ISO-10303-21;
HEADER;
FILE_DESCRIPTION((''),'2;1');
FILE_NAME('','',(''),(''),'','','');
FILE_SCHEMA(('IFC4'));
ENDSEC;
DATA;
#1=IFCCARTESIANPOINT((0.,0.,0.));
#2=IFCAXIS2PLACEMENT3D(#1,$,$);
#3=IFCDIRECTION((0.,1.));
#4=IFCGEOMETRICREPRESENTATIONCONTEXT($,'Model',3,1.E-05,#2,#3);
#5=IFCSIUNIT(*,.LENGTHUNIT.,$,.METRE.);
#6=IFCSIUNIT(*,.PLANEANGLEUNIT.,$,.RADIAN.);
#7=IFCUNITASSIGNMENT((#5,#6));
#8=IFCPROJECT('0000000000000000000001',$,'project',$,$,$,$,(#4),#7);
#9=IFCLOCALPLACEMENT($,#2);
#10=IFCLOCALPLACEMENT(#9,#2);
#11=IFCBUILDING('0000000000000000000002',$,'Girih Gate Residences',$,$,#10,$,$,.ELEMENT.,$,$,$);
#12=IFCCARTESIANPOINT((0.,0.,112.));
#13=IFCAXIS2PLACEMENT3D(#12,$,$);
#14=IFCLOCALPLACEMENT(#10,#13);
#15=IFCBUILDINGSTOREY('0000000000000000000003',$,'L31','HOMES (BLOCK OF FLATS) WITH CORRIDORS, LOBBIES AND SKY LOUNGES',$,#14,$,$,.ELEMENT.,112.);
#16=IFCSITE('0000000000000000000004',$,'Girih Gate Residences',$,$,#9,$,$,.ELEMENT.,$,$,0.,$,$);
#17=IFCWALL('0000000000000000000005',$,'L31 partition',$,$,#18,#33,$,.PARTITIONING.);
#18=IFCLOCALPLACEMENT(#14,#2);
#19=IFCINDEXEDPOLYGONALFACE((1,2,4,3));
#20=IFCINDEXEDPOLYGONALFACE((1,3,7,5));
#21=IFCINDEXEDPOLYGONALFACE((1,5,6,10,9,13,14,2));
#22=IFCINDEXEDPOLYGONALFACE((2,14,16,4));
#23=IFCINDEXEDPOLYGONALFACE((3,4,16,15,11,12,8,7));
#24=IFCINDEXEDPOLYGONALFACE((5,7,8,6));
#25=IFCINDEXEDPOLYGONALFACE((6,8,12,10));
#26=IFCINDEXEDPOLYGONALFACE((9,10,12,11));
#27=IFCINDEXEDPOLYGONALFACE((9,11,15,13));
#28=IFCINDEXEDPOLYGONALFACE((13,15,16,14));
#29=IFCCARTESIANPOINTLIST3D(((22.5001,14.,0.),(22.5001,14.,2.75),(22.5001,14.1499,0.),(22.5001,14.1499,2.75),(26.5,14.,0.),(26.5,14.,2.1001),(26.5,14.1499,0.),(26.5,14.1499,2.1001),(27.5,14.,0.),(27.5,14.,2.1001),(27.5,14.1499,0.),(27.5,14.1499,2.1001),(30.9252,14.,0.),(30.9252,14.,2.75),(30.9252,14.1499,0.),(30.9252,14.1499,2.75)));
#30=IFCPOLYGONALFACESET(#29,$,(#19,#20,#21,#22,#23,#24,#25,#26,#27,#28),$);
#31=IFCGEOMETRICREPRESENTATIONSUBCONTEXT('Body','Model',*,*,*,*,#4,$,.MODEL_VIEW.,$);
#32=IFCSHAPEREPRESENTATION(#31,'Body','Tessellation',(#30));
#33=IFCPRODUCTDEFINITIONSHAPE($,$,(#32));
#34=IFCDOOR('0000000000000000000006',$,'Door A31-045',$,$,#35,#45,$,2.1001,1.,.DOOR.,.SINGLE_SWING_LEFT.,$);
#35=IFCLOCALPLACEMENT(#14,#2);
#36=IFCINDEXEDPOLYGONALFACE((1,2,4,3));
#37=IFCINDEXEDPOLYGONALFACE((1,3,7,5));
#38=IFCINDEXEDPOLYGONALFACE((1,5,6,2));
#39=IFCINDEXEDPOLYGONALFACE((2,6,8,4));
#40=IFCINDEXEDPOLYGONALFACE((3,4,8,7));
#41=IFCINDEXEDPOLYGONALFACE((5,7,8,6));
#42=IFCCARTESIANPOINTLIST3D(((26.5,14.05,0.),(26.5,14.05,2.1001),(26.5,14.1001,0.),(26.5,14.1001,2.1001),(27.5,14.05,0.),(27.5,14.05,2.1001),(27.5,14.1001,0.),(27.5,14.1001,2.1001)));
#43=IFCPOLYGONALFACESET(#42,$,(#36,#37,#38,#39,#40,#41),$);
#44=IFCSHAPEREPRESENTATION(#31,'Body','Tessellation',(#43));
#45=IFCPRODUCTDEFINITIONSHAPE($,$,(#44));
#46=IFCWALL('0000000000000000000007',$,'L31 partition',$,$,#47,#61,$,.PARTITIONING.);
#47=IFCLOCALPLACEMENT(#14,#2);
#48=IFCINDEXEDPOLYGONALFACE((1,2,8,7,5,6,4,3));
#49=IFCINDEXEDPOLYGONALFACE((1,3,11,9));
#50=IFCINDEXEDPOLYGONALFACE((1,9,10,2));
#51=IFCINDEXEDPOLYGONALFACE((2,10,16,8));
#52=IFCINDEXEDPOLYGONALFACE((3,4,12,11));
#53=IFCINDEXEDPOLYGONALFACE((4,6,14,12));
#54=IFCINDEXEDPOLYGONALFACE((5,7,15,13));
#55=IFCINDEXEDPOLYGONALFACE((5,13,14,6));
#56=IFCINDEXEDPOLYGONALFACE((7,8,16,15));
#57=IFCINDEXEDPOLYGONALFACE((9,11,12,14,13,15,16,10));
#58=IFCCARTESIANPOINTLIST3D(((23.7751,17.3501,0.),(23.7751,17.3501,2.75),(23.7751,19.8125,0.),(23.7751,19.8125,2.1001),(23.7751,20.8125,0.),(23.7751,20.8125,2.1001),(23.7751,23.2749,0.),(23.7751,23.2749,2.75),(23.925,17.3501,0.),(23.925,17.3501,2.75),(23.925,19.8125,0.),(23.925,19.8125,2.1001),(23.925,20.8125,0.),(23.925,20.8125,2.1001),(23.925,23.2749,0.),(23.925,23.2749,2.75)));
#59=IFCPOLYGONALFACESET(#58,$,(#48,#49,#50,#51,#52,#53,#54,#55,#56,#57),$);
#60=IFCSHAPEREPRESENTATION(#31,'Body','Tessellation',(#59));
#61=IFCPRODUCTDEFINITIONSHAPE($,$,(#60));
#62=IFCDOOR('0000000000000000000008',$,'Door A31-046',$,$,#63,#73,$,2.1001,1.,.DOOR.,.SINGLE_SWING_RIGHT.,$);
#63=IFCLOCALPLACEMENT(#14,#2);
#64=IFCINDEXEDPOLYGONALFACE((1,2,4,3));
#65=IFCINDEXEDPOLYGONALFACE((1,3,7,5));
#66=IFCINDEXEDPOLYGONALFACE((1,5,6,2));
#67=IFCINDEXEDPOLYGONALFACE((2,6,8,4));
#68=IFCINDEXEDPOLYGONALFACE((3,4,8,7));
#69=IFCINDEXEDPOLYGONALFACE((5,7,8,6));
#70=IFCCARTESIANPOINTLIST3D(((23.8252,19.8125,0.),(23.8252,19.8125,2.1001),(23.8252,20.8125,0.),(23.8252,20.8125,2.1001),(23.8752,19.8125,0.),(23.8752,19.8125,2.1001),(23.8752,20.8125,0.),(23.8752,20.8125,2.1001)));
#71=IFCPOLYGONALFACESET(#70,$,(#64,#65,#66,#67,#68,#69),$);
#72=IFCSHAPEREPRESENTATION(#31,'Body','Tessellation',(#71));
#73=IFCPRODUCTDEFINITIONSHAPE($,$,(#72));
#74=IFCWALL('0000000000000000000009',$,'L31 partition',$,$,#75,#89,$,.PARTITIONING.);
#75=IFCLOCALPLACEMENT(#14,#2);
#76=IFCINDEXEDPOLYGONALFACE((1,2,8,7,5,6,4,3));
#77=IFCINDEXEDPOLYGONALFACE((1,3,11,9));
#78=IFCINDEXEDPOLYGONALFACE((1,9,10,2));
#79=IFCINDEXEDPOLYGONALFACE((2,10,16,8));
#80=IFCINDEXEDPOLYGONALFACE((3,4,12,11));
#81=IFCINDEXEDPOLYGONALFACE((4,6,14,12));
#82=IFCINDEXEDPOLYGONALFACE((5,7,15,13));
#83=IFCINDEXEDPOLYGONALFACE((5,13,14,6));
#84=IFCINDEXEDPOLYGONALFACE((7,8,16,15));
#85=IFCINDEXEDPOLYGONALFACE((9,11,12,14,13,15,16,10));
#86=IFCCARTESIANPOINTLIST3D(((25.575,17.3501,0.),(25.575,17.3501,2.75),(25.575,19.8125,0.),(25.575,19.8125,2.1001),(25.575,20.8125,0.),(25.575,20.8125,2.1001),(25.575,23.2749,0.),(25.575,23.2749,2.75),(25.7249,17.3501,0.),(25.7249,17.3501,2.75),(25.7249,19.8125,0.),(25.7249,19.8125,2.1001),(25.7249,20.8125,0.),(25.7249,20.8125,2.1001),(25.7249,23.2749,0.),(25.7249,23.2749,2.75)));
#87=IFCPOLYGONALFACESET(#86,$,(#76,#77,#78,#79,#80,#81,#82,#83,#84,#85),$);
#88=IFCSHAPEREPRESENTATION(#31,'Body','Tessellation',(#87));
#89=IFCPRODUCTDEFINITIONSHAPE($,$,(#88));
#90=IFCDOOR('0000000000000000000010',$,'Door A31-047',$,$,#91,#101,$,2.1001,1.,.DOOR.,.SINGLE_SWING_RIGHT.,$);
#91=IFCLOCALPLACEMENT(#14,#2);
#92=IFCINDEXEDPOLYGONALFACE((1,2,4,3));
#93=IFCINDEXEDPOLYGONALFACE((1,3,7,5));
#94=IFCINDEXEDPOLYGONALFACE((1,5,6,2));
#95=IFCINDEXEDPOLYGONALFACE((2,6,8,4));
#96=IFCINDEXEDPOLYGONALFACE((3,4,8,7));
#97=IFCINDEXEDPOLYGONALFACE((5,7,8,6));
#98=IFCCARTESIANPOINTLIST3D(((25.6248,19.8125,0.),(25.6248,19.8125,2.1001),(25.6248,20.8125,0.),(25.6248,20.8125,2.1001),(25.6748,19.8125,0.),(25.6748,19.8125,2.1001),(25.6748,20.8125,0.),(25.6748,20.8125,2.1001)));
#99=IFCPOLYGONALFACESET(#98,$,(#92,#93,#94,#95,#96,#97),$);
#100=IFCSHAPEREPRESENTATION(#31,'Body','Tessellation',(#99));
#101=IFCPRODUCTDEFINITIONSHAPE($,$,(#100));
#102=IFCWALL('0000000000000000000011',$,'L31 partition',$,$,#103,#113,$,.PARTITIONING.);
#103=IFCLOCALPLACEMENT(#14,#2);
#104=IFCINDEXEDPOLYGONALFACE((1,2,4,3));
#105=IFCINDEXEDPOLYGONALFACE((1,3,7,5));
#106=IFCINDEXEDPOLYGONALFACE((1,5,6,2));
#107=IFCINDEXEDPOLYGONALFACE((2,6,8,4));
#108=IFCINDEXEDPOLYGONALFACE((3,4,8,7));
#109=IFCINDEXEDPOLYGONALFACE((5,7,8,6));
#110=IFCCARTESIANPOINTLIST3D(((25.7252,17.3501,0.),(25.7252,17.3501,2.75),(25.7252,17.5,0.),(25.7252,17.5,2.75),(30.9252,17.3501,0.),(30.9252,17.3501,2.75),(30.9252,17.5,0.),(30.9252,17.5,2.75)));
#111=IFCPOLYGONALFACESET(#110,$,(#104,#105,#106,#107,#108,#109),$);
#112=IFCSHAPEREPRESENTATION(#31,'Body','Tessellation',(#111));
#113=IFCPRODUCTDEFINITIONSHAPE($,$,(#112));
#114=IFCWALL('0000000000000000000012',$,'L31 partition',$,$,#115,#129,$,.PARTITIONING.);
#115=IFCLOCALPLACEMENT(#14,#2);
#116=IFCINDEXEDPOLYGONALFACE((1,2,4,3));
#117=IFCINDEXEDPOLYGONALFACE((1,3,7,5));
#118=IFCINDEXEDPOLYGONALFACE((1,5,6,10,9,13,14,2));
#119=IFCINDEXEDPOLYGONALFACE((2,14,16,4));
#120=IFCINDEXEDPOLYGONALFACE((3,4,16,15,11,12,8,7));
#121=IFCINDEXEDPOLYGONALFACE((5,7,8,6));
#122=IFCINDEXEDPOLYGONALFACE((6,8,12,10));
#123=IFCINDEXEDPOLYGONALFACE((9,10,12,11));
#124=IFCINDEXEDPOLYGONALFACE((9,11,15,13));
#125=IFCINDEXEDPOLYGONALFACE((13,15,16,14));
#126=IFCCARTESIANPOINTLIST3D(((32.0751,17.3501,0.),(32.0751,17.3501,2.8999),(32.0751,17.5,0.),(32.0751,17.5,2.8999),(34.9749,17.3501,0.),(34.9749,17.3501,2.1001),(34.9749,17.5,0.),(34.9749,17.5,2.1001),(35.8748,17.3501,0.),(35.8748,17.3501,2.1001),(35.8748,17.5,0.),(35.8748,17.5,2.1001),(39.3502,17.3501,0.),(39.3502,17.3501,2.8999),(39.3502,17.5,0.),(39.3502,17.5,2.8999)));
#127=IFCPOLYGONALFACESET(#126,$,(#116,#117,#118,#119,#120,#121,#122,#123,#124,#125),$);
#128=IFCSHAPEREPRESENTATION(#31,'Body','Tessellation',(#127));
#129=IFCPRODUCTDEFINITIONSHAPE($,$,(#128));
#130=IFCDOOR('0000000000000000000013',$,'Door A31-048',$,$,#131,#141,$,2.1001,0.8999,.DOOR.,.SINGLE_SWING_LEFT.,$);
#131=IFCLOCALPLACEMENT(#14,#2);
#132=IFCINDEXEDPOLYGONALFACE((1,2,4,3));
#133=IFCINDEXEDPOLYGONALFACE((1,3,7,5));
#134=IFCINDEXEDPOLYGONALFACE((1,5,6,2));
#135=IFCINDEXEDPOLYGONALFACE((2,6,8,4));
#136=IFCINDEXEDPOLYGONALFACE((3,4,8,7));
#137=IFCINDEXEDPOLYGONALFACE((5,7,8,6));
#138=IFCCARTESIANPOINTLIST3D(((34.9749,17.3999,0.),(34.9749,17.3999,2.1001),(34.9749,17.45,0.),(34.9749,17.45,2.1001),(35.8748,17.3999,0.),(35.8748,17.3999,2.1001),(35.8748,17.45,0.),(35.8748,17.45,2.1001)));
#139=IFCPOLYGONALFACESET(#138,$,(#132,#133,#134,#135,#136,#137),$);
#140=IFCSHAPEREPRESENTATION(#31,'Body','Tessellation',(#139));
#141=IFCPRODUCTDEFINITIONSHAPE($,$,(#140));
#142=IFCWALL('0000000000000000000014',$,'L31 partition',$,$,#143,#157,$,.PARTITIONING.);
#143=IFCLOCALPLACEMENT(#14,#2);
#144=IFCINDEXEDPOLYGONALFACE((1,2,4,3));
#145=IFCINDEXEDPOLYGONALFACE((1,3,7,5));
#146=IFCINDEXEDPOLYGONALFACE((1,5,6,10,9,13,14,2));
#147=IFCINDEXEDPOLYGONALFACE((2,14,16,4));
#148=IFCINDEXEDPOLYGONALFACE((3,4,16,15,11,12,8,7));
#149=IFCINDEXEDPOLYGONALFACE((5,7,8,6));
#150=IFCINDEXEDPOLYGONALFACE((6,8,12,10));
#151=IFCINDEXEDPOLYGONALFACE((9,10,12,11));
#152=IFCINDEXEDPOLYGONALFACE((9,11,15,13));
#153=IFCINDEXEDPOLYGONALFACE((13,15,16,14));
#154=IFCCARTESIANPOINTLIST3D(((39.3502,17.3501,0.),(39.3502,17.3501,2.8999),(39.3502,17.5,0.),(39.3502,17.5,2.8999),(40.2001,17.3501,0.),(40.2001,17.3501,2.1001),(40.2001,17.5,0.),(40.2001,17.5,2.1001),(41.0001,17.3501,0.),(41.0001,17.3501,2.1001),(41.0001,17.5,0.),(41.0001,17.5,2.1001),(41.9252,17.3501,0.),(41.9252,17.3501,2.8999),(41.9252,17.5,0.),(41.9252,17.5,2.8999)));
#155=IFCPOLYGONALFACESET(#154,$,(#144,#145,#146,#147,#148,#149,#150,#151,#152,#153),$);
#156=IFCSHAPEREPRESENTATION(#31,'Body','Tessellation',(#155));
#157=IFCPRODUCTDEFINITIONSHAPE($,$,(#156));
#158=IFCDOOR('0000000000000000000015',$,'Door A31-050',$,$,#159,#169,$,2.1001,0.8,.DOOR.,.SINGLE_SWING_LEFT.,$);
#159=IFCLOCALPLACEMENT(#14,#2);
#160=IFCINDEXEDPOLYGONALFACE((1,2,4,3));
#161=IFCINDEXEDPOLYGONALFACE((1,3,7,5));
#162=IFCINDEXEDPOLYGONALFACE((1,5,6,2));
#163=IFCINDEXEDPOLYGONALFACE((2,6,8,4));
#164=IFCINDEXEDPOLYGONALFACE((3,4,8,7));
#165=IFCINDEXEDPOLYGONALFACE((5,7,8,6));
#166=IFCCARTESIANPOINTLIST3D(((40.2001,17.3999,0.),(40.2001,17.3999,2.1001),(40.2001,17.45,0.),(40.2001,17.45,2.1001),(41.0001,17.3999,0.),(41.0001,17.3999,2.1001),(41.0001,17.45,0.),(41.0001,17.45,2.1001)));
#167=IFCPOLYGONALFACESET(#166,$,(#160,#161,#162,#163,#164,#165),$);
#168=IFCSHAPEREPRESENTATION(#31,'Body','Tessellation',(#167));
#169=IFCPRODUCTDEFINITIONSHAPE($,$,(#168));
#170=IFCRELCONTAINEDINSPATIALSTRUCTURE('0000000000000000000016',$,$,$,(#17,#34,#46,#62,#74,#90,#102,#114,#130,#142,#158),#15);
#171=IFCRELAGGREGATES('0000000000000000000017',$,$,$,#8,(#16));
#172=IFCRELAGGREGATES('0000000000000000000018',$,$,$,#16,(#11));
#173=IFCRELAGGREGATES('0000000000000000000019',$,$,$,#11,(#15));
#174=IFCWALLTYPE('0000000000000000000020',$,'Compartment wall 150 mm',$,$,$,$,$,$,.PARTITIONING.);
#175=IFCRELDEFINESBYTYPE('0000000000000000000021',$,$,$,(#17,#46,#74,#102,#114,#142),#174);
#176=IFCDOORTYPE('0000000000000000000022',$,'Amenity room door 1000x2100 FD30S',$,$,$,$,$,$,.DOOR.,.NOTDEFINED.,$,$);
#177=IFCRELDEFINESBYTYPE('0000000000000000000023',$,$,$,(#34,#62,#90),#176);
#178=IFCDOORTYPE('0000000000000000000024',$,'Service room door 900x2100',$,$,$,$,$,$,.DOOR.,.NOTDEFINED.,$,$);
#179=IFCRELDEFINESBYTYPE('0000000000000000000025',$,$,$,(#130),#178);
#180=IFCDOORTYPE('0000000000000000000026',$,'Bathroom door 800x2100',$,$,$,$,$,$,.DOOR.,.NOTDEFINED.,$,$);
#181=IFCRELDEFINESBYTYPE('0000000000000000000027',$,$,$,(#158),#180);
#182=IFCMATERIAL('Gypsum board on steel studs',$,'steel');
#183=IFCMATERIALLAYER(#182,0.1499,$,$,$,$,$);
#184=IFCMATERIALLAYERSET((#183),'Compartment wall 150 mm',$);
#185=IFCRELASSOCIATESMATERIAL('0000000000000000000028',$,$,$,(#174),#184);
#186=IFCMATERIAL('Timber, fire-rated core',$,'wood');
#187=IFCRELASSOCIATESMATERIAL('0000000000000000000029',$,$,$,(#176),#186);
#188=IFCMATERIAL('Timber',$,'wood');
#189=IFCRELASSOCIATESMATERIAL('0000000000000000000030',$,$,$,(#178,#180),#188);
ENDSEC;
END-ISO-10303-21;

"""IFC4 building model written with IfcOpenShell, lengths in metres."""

from ifc_helpers import new_model, si_unit, direction, frame, frame_2d, origin, place, context, subcontext, project, spatial, rectangle, extrude, material, layer, layer_set, type_object, element, fill, save


model = new_model("IFC4")

# Units and contexts
model_context = context("Model", 3, precision=1e-05, world=origin(), true_north=direction((0.0, 1.0)))
body_context = subcontext(model_context, "Body", "Model", "MODEL_VIEW")
ifc_project = project(units=[si_unit("LENGTHUNIT", "METRE"), si_unit("PLANEANGLEUNIT", "RADIAN")], contexts=[model_context])

# Site, building, storey
site_placement = place(None, origin())
site = spatial("IfcSite", under=ifc_project, at=site_placement, Name="Girih Gate Residences", CompositionType="ELEMENT", RefElevation=0.0)
building_placement = place(site_placement, origin())
building = spatial("IfcBuilding", under=site, at=building_placement, Name="Girih Gate Residences", CompositionType="ELEMENT")
storey_placement = place(building_placement, frame((0.0, 0.0, 112.0)))
storey = spatial("IfcBuildingStorey", under=building, at=storey_placement, Name="L31", Description="HOMES (BLOCK OF FLATS) WITH CORRIDORS, LOBBIES AND SKY LOUNGES", CompositionType="ELEMENT", Elevation=112.0)

# Shared definitions
ifc_material_1 = material(Name="Gypsum board on steel studs", Category="steel")
ifc_layer_1 = layer(ifc_material_1, 0.1499)
ifc_layer_set_1 = layer_set([ifc_layer_1], Name="Compartment wall 150 mm")
wall_type_1 = type_object("IfcWallType", Name="Compartment wall 150 mm", PredefinedType="PARTITIONING", material=ifc_layer_set_1)

# Shared definitions
ifc_material_2 = material(Name="Timber, fire-rated core", Category="wood")

# Walls, openings, doors
wall_1_placement = place(storey_placement, frame((30.925, 14.075, 0.0), z_axis=(0.0, 0.0, 1.0), x_axis=(-1.0, 0.0, 0.0)))
wall_1 = element("IfcWall", 1, at=wall_1_placement, inside=storey, type_object=wall_type_1, Name="L31 partition", PredefinedType="PARTITIONING", context=body_context, shape_type="SweptSolid", body=[
    extrude(rectangle(XDim=8.425, YDim=0.1499, at=frame_2d((4.2124, 0.0))), origin(), (0.0, 0.0, 1.0), 2.75),
])
opening_1_placement = place(wall_1_placement, frame((3.425, 0.0, 0.0)))
opening_1 = element("IfcOpeningElement", 2, at=opening_1_placement, cuts=wall_1, PredefinedType="OPENING", context=body_context, shape_type="SweptSolid", body=[
    extrude(rectangle(XDim=1.0, YDim=2.1001, at=frame_2d((0.5, 1.05))), frame((0.0, 0.085, 0.0), z_axis=(0.0, -1.0, 0.0), x_axis=(1.0, 0.0, 0.0)), (0.0, 0.0, 1.0), 0.1699),
])
door_type_1 = type_object("IfcDoorType", Name="Amenity room door 1000x2100 FD30S", OperationType="NOTDEFINED", PredefinedType="DOOR", material=ifc_material_2)
door_1_placement = place(opening_1_placement, origin())
door_1 = element("IfcDoor", 3, at=door_1_placement, inside=storey, type_object=door_type_1, Name="Door A31-045", OperationType="SINGLE_SWING_LEFT", OverallHeight=2.1001, OverallWidth=1.0, PredefinedType="DOOR", context=body_context, shape_type="SweptSolid", body=[
    extrude(rectangle(XDim=1.0, YDim=2.1001, at=frame_2d((0.5, 1.05))), frame((0.0, 0.0249, 0.0), z_axis=(0.0, -1.0, 0.0), x_axis=(1.0, 0.0, 0.0)), (0.0, 0.0, 1.0), 0.05),
])
fill(opening_1, door_1)
wall_2_placement = place(storey_placement, frame((23.8501, 17.3501, 0.0), z_axis=(0.0, 0.0, 1.0), x_axis=(0.0, 1.0, 0.0)))
wall_2 = element("IfcWall", 4, at=wall_2_placement, inside=storey, type_object=wall_type_1, Name="L31 partition", PredefinedType="PARTITIONING", context=body_context, shape_type="SweptSolid", body=[
    extrude(rectangle(XDim=5.9248, YDim=0.1499, at=frame_2d((2.9624, 0.0))), origin(), (0.0, 0.0, 1.0), 2.75),
])
opening_2_placement = place(wall_2_placement, frame((2.4624, 0.0, 0.0)))
opening_2 = element("IfcOpeningElement", 5, at=opening_2_placement, cuts=wall_2, PredefinedType="OPENING", context=body_context, shape_type="SweptSolid", body=[
    extrude(rectangle(XDim=1.0, YDim=2.1001, at=frame_2d((0.5, 1.05))), frame((0.0, 0.085, 0.0), z_axis=(0.0, -1.0, 0.0), x_axis=(1.0, 0.0, 0.0)), (0.0, 0.0, 1.0), 0.1699),
])
door_2_placement = place(opening_2_placement, origin())
door_2 = element("IfcDoor", 6, at=door_2_placement, inside=storey, type_object=door_type_1, Name="Door A31-046", OperationType="SINGLE_SWING_RIGHT", OverallHeight=2.1001, OverallWidth=1.0, PredefinedType="DOOR", context=body_context, shape_type="SweptSolid", body=[
    extrude(rectangle(XDim=1.0, YDim=2.1001, at=frame_2d((0.5, 1.05))), frame((0.0, 0.0249, 0.0), z_axis=(0.0, -1.0, 0.0), x_axis=(1.0, 0.0, 0.0)), (0.0, 0.0, 1.0), 0.05),
])
fill(opening_2, door_2)
wall_3_placement = place(storey_placement, frame((25.6499, 23.2749, 0.0), z_axis=(0.0, 0.0, 1.0), x_axis=(0.0, -1.0, 0.0)))
wall_3 = element("IfcWall", 7, at=wall_3_placement, inside=storey, type_object=wall_type_1, Name="L31 partition", PredefinedType="PARTITIONING", context=body_context, shape_type="SweptSolid", body=[
    extrude(rectangle(XDim=5.9248, YDim=0.1499, at=frame_2d((2.9624, 0.0))), origin(), (0.0, 0.0, 1.0), 2.75),
])
opening_3_placement = place(wall_3_placement, frame((2.4624, 0.0, 0.0)))
opening_3 = element("IfcOpeningElement", 8, at=opening_3_placement, cuts=wall_3, PredefinedType="OPENING", context=body_context, shape_type="SweptSolid", body=[
    extrude(rectangle(XDim=1.0, YDim=2.1001, at=frame_2d((0.5, 1.05))), frame((0.0, 0.085, 0.0), z_axis=(0.0, -1.0, 0.0), x_axis=(1.0, 0.0, 0.0)), (0.0, 0.0, 1.0), 0.1699),
])
door_3_placement = place(opening_3_placement, origin())
door_3 = element("IfcDoor", 9, at=door_3_placement, inside=storey, type_object=door_type_1, Name="Door A31-047", OperationType="SINGLE_SWING_RIGHT", OverallHeight=2.1001, OverallWidth=1.0, PredefinedType="DOOR", context=body_context, shape_type="SweptSolid", body=[
    extrude(rectangle(XDim=1.0, YDim=2.1001, at=frame_2d((0.5, 1.05))), frame((0.0, 0.0249, 0.0), z_axis=(0.0, -1.0, 0.0), x_axis=(1.0, 0.0, 0.0)), (0.0, 0.0, 1.0), 0.05),
])
fill(opening_3, door_3)

# Wall
wall_4_placement = place(storey_placement, frame((25.7251, 17.425, 0.0), z_axis=(0.0, 0.0, 1.0), x_axis=(1.0, 0.0, 0.0)))
element("IfcWall", 10, at=wall_4_placement, inside=storey, type_object=wall_type_1, Name="L31 partition", PredefinedType="PARTITIONING", context=body_context, shape_type="SweptSolid", body=[
    extrude(rectangle(XDim=5.2, YDim=0.1499, at=frame_2d((2.6001, 0.0))), origin(), (0.0, 0.0, 1.0), 2.75),
])

# Walls, openings, doors
wall_5_placement = place(storey_placement, frame((32.075, 17.425, 0.0), z_axis=(0.0, 0.0, 1.0), x_axis=(1.0, 0.0, 0.0)))
wall_5 = element("IfcWall", 11, at=wall_5_placement, inside=storey, type_object=wall_type_1, Name="L31 partition", PredefinedType="PARTITIONING", context=body_context, shape_type="SweptSolid", body=[
    extrude(rectangle(XDim=7.2751, YDim=0.1499, at=frame_2d((3.6377, 0.0))), origin(), (0.0, 0.0, 1.0), 2.8999),
])
opening_4_placement = place(wall_5_placement, frame((2.8999, 0.0, 0.0)))
opening_4 = element("IfcOpeningElement", 12, at=opening_4_placement, cuts=wall_5, PredefinedType="OPENING", context=body_context, shape_type="SweptSolid", body=[
    extrude(rectangle(XDim=0.8999, YDim=2.1001, at=frame_2d((0.45, 1.05))), frame((0.0, 0.085, 0.0), z_axis=(0.0, -1.0, 0.0), x_axis=(1.0, 0.0, 0.0)), (0.0, 0.0, 1.0), 0.1699),
])
ifc_material_3 = material(Name="Timber", Category="wood")
door_type_2 = type_object("IfcDoorType", Name="Service room door 900x2100", OperationType="NOTDEFINED", PredefinedType="DOOR", material=ifc_material_3)
door_4_placement = place(opening_4_placement, origin())
door_4 = element("IfcDoor", 13, at=door_4_placement, inside=storey, type_object=door_type_2, Name="Door A31-048", OperationType="SINGLE_SWING_LEFT", OverallHeight=2.1001, OverallWidth=0.8999, PredefinedType="DOOR", context=body_context, shape_type="SweptSolid", body=[
    extrude(rectangle(XDim=0.8999, YDim=2.1001, at=frame_2d((0.45, 1.05))), frame((0.0, 0.0249, 0.0), z_axis=(0.0, -1.0, 0.0), x_axis=(1.0, 0.0, 0.0)), (0.0, 0.0, 1.0), 0.05),
])
fill(opening_4, door_4)
wall_6_placement = place(storey_placement, frame((39.3501, 17.425, 0.0), z_axis=(0.0, 0.0, 1.0), x_axis=(1.0, 0.0, 0.0)))
wall_6 = element("IfcWall", 14, at=wall_6_placement, inside=storey, type_object=wall_type_1, Name="L31 partition", PredefinedType="PARTITIONING", context=body_context, shape_type="SweptSolid", body=[
    extrude(rectangle(XDim=2.575, YDim=0.1499, at=frame_2d((1.2876, 0.0))), origin(), (0.0, 0.0, 1.0), 2.8999),
])
opening_5_placement = place(wall_6_placement, frame((0.8501, 0.0, 0.0)))
opening_5 = element("IfcOpeningElement", 15, at=opening_5_placement, cuts=wall_6, PredefinedType="OPENING", context=body_context, shape_type="SweptSolid", body=[
    extrude(rectangle(XDim=0.8, YDim=2.1001, at=frame_2d((0.3999, 1.05))), frame((0.0, 0.085, 0.0), z_axis=(0.0, -1.0, 0.0), x_axis=(1.0, 0.0, 0.0)), (0.0, 0.0, 1.0), 0.1699),
])
door_type_3 = type_object("IfcDoorType", Name="Bathroom door 800x2100", OperationType="NOTDEFINED", PredefinedType="DOOR", material=ifc_material_3)
door_5_placement = place(opening_5_placement, origin())
door_5 = element("IfcDoor", 16, at=door_5_placement, inside=storey, type_object=door_type_3, Name="Door A31-050", OperationType="SINGLE_SWING_LEFT", OverallHeight=2.1001, OverallWidth=0.8, PredefinedType="DOOR", context=body_context, shape_type="SweptSolid", body=[
    extrude(rectangle(XDim=0.8, YDim=2.1001, at=frame_2d((0.3999, 1.05))), frame((0.0, 0.0249, 0.0), z_axis=(0.0, -1.0, 0.0), x_axis=(1.0, 0.0, 0.0)), (0.0, 0.0, 1.0), 0.05),
])
fill(opening_5, door_5)

save(model, "model.ifc")
